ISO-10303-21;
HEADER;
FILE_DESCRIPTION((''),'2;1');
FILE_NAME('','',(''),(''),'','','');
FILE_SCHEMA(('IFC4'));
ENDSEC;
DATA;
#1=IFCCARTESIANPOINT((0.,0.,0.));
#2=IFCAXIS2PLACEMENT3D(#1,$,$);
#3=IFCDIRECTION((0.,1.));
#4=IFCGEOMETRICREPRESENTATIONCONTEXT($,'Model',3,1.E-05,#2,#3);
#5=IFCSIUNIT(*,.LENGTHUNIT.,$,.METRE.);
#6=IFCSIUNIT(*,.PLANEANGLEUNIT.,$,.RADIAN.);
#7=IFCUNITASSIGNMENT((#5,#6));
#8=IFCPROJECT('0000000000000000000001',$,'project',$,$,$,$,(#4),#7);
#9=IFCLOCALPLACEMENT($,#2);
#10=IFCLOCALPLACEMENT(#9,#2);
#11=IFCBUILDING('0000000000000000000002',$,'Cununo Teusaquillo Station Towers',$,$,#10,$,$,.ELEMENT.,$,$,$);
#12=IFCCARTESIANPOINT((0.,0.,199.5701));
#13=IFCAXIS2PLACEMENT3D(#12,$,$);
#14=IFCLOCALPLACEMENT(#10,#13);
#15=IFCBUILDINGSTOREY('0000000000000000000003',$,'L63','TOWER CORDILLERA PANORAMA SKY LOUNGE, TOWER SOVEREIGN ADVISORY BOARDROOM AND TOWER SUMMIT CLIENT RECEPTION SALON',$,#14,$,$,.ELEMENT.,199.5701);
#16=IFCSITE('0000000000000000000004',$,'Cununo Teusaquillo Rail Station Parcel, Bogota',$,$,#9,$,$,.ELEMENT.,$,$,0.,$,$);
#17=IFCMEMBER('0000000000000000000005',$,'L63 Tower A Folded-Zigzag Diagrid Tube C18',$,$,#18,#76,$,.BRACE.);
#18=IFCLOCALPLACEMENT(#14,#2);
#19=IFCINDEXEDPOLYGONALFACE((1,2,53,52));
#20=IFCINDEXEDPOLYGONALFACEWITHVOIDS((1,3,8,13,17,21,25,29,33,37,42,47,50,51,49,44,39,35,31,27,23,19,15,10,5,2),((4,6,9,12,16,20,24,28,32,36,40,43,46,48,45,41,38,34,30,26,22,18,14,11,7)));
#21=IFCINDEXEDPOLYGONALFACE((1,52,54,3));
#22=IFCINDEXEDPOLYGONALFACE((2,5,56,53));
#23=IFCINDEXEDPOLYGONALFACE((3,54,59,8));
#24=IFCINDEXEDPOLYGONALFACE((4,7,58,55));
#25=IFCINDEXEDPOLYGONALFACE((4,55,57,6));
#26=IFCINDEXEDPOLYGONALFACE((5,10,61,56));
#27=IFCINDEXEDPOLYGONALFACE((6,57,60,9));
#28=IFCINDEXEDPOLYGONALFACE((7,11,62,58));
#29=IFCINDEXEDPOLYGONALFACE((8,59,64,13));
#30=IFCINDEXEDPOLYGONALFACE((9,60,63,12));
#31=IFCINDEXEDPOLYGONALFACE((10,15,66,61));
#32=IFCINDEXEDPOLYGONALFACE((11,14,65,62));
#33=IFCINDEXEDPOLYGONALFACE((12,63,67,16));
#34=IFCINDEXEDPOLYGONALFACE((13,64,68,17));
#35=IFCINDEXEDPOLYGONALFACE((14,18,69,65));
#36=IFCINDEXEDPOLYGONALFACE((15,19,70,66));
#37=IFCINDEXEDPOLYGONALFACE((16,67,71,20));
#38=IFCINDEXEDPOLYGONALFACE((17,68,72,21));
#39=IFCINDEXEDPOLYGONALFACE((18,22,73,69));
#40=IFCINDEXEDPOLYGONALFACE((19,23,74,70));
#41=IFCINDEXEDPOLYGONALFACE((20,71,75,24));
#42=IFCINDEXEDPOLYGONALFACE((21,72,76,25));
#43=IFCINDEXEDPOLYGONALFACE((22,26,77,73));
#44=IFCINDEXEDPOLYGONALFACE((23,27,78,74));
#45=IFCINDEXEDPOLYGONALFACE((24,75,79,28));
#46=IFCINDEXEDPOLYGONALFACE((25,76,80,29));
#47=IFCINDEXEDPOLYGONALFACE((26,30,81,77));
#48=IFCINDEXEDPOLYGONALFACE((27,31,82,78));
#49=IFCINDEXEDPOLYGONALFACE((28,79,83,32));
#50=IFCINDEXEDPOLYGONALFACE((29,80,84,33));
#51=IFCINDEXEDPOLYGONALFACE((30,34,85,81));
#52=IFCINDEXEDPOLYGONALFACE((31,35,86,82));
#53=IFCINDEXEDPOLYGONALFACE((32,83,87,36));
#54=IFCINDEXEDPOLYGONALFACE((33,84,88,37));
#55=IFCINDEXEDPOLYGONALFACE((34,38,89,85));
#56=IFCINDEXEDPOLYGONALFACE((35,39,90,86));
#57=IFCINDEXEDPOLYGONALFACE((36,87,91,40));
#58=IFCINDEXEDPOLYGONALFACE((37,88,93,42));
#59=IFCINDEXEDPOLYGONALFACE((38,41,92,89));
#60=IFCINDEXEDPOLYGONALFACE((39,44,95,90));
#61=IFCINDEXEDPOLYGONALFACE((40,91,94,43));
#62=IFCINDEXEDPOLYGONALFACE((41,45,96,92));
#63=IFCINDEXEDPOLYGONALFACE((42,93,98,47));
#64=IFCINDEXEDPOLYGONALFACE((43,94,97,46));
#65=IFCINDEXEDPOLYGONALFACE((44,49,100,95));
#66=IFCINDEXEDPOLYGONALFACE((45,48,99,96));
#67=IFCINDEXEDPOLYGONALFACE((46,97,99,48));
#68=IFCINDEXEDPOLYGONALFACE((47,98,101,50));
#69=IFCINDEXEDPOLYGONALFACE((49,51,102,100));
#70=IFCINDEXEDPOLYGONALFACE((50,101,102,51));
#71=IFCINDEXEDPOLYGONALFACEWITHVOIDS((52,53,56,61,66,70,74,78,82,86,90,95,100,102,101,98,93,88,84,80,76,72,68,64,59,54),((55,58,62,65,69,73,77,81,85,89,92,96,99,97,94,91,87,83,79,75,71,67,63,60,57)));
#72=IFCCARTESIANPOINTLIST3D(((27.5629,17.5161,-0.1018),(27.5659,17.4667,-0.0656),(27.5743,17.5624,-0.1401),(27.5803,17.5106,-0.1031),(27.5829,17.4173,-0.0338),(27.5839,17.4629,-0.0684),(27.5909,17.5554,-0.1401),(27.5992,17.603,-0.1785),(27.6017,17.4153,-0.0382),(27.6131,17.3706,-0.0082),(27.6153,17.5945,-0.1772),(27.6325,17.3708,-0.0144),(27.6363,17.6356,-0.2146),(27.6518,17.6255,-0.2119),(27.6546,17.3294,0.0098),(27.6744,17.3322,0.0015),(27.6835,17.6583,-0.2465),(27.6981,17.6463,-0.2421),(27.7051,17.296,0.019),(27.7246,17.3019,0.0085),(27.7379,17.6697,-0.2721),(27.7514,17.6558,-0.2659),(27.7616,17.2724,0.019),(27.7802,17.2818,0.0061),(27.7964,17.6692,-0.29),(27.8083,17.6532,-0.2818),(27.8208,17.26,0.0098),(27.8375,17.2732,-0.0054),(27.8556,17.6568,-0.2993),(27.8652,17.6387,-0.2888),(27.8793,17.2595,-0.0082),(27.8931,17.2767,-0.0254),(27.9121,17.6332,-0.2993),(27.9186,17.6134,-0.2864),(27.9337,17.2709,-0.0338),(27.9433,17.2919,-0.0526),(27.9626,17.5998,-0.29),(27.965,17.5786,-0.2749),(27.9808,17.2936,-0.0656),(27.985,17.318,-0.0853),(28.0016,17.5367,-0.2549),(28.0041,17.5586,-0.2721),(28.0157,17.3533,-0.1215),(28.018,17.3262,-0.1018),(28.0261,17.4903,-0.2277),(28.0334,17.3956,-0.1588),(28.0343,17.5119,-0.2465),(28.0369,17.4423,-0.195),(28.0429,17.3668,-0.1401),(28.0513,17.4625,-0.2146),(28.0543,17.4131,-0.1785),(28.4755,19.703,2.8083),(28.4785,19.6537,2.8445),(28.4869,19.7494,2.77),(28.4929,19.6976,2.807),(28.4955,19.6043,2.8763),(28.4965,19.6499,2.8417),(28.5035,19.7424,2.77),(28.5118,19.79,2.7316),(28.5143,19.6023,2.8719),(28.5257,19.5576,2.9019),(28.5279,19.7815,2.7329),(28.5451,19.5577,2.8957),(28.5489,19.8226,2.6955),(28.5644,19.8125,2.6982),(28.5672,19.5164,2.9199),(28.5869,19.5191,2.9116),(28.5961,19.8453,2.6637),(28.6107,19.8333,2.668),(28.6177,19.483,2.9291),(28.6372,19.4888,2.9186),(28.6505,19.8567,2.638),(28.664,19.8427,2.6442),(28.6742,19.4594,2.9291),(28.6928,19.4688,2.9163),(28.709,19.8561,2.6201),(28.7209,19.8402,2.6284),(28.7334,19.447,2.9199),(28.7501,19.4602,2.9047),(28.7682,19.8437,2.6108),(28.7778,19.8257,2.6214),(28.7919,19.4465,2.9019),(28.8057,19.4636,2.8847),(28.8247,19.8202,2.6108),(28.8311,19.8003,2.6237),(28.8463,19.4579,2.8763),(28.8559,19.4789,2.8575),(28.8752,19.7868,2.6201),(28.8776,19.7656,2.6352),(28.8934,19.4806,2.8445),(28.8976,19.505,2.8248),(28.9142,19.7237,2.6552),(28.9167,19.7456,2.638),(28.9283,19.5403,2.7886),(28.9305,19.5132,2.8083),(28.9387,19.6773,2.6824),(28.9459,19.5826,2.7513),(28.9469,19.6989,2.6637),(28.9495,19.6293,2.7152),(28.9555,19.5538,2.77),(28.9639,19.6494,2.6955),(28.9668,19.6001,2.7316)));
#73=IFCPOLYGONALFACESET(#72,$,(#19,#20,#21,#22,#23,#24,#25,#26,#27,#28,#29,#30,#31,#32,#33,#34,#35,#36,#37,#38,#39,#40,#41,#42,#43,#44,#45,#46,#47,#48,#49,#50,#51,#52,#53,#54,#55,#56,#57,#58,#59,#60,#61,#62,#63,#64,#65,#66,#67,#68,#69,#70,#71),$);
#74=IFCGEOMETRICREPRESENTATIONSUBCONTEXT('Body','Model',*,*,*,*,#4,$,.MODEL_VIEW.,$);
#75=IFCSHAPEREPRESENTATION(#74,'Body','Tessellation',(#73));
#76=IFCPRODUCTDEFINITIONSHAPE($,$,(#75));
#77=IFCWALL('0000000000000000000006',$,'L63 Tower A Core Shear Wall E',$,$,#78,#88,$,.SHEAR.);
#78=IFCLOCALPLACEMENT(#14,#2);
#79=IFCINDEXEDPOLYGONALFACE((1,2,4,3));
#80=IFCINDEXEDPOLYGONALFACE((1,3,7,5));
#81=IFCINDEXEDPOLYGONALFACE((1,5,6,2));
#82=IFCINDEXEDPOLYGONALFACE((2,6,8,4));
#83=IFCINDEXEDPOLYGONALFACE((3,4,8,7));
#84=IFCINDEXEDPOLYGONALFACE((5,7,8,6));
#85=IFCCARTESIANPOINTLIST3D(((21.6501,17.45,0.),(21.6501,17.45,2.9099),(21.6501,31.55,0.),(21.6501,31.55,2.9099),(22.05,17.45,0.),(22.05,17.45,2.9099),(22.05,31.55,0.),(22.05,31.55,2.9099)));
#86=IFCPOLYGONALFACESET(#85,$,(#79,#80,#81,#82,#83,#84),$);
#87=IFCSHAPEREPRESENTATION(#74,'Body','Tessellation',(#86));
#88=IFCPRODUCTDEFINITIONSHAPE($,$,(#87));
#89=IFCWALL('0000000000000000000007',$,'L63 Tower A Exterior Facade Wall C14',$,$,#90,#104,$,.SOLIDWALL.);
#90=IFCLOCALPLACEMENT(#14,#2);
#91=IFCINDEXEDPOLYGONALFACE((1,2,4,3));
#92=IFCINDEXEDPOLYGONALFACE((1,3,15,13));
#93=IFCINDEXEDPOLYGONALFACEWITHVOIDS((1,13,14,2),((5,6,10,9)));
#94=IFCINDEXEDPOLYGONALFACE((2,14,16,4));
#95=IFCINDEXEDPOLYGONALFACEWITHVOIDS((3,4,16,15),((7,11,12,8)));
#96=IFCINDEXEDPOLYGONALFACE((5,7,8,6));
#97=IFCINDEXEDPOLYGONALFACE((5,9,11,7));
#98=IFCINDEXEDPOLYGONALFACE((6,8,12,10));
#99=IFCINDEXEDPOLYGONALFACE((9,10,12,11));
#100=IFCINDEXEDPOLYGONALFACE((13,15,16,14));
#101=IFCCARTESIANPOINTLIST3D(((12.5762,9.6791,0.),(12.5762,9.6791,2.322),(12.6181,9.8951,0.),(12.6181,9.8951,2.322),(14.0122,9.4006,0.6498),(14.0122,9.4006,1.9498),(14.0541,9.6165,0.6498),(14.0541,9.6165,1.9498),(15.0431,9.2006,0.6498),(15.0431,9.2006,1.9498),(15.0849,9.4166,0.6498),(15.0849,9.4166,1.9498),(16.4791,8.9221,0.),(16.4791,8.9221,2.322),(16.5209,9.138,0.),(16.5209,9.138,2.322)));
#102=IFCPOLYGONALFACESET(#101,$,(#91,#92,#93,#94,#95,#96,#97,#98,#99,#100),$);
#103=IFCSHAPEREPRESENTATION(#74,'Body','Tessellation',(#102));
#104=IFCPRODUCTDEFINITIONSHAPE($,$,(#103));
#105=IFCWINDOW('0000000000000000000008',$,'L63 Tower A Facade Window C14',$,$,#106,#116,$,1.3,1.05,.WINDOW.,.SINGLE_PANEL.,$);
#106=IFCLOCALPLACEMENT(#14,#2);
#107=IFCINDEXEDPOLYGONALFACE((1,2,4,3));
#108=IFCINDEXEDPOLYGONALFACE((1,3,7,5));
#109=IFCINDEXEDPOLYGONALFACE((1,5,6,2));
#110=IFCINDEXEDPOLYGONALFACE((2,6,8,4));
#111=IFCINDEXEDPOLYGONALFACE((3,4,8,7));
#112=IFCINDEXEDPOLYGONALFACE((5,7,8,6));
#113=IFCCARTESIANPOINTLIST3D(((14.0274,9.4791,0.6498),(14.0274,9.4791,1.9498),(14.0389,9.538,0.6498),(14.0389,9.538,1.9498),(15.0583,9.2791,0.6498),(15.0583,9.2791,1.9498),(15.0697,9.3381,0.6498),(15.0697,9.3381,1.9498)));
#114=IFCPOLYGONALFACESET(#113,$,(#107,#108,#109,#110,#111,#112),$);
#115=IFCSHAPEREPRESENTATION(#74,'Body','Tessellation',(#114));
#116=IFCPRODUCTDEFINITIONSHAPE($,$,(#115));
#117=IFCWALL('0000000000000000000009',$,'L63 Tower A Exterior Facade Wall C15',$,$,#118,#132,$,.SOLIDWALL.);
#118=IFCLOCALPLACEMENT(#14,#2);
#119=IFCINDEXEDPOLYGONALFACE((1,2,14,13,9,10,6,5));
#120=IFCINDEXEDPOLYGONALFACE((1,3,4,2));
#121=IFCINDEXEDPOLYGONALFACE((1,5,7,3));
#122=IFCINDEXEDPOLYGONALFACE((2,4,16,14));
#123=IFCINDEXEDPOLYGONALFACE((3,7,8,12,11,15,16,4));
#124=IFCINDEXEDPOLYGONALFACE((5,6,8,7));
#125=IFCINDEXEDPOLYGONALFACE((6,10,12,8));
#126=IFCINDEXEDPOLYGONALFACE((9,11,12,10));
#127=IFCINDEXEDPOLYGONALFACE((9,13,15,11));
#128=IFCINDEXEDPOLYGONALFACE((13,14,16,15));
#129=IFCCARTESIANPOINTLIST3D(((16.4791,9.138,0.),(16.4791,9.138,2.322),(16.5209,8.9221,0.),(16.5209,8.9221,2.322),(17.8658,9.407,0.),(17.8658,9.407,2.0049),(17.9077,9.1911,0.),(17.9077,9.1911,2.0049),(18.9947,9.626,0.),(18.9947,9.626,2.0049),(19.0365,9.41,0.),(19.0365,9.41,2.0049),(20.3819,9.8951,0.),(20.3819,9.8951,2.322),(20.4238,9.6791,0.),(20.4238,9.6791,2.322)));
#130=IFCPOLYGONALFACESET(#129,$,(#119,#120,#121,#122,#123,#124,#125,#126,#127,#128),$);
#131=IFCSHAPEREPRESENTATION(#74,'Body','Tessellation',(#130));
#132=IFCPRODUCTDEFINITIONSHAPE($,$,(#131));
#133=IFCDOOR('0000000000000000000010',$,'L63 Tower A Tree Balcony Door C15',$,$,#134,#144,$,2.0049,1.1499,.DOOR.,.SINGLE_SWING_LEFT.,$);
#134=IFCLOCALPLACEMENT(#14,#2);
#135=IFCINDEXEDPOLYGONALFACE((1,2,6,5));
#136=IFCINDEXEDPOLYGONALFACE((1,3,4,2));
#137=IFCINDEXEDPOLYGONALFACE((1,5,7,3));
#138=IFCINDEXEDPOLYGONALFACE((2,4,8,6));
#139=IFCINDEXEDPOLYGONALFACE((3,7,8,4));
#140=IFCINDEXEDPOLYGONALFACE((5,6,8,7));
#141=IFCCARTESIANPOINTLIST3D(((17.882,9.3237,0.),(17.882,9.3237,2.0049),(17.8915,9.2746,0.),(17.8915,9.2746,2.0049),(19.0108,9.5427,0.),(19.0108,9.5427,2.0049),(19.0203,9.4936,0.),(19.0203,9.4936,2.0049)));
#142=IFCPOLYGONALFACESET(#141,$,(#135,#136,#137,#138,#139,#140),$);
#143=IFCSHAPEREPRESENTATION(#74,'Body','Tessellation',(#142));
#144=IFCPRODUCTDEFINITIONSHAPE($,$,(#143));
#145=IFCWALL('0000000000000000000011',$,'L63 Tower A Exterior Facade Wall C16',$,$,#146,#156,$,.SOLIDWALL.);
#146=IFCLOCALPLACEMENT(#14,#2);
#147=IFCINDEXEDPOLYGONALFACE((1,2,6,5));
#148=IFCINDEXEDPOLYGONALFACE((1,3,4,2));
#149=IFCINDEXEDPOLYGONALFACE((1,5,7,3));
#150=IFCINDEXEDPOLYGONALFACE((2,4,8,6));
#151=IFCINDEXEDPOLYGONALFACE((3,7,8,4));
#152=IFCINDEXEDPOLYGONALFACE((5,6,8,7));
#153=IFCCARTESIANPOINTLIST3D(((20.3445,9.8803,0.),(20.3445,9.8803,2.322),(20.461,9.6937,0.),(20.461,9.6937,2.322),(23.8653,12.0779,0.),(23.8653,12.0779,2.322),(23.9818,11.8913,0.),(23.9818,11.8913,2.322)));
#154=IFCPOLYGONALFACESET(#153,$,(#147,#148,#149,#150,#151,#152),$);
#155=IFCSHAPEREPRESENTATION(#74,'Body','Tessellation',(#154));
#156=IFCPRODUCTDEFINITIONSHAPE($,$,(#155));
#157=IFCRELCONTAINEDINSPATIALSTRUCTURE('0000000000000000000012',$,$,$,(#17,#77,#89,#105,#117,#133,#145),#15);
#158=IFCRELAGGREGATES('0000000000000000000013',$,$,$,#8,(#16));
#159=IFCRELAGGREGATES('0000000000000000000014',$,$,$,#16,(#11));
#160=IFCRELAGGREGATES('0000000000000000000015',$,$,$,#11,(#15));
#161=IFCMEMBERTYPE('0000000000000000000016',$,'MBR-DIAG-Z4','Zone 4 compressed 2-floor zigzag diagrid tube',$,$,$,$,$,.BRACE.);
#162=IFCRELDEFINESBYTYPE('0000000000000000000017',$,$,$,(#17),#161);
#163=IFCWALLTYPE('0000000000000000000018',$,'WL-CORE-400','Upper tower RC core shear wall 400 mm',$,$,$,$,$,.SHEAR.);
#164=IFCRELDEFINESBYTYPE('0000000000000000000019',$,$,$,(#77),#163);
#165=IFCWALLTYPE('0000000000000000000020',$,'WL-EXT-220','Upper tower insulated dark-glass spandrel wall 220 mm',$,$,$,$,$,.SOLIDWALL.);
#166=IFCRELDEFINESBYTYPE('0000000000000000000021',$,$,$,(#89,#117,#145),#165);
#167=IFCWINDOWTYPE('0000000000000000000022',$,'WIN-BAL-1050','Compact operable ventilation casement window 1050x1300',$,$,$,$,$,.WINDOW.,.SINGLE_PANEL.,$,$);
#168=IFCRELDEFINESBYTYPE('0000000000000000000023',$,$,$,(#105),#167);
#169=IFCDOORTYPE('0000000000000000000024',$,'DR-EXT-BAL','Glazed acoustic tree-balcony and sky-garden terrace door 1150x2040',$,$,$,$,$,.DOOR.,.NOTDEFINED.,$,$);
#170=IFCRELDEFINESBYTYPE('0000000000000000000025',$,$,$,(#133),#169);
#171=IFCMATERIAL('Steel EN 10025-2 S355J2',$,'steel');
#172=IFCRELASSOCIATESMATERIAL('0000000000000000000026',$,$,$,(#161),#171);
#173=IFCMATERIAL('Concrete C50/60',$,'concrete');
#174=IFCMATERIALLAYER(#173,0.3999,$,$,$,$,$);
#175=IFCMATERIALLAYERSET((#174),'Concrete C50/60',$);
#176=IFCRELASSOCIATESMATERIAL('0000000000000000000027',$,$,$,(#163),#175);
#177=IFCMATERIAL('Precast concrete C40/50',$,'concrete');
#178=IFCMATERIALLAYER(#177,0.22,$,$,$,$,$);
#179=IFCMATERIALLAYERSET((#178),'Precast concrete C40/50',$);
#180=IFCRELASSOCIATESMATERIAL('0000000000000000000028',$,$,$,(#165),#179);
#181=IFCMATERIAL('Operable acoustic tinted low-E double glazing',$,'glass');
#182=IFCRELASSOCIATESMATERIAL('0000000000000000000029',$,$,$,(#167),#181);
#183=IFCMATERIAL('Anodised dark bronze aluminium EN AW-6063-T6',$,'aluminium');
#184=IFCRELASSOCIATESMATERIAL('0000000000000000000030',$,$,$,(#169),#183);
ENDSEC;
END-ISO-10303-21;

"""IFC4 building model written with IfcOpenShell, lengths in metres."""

from ifc_helpers import new_model, si_unit, direction, frame, frame_2d, origin, origin_2d, place, context, subcontext, project, spatial, rectangle, hollow_circle, extrude, source, transform, mapped, material, layer, layer_set, material_profile, profile_set, type_object, element, fill, save


model = new_model("IFC4")

# Units and contexts
model_context = context("Model", 3, precision=1e-05, world=origin(), true_north=direction((0.0, 1.0)))
body_context = subcontext(model_context, "Body", "Model", "MODEL_VIEW")
ifc_project = project(units=[si_unit("LENGTHUNIT", "METRE"), si_unit("PLANEANGLEUNIT", "RADIAN")], contexts=[model_context])

# Site, building, storey
site_placement = place(None, origin())
site = spatial("IfcSite", under=ifc_project, at=site_placement, Name="Cununo Teusaquillo Rail Station Parcel, Bogota", CompositionType="ELEMENT", RefElevation=0.0)
building_placement = place(site_placement, origin())
building = spatial("IfcBuilding", under=site, at=building_placement, Name="Cununo Teusaquillo Station Towers", CompositionType="ELEMENT")
storey_placement = place(building_placement, frame((0.0, 0.0, 199.5701)))
storey = spatial("IfcBuildingStorey", under=building, at=storey_placement, Name="L63", Description="TOWER CORDILLERA PANORAMA SKY LOUNGE, TOWER SOVEREIGN ADVISORY BOARDROOM AND TOWER SUMMIT CLIENT RECEPTION SALON", CompositionType="ELEMENT", Elevation=199.5701)

# Member
ifc_material_1 = material(Name="Steel EN 10025-2 S355J2", Category="steel")
ifc_material_profile_1 = material_profile(ifc_material_1, hollow_circle(Radius=0.2539, WallThickness=0.0181, at=origin_2d()), Name="CHS 508x18")
ifc_profile_set_1 = profile_set([ifc_material_profile_1], Name="Steel EN 10025-2 S355J2")
member_type = type_object("IfcMemberType", Name="MBR-DIAG-Z4", Description="Zone 4 compressed 2-floor zigzag diagrid tube", PredefinedType="BRACE", material=ifc_profile_set_1)
member_1_placement = place(storey_placement, frame((27.8086, 17.4646, -0.1401), z_axis=(0.243166, 0.58274, 0.775425), x_axis=(-0.922876, 0.385098, 0.0)))
element("IfcMember", 1, at=member_1_placement, inside=storey, type_object=member_type, Name="L63 Tower A Folded-Zigzag Diagrid Tube C18", PredefinedType="BRACE", context=body_context, shape_type="SweptSolid", body=[
    extrude(hollow_circle(Radius=0.2539, WallThickness=0.0181, at=origin_2d()), origin(), (0.0, 0.0, 1.0), 3.7529),
])

# Wall
ifc_material_2 = material(Name="Concrete C50/60", Category="concrete")
ifc_layer_1 = layer(ifc_material_2, 0.3999)
ifc_layer_set_1 = layer_set([ifc_layer_1], Name="Concrete C50/60")
wall_type_1 = type_object("IfcWallType", Name="WL-CORE-400", Description="Upper tower RC core shear wall 400 mm", PredefinedType="SHEAR", material=ifc_layer_set_1)
wall_1_placement = place(storey_placement, frame((21.8501, 17.45, 0.0), z_axis=(0.0, 0.0, 1.0), x_axis=(0.0, 1.0, 0.0)))
element("IfcWall", 2, at=wall_1_placement, inside=storey, type_object=wall_type_1, Name="L63 Tower A Core Shear Wall E", PredefinedType="SHEAR", context=body_context, shape_type="SweptSolid", body=[
    extrude(rectangle(XDim=14.1001, YDim=0.3999, at=frame_2d((7.05, 0.0))), origin(), (0.0, 0.0, 1.0), 2.9099),
])

# Wall, opening, window
ifc_material_3 = material(Name="Precast concrete C40/50", Category="concrete")
ifc_layer_2 = layer(ifc_material_3, 0.22)
ifc_layer_set_2 = layer_set([ifc_layer_2], Name="Precast concrete C40/50")
wall_type_2 = type_object("IfcWallType", Name="WL-EXT-220", Description="Upper tower insulated dark-glass spandrel wall 220 mm", PredefinedType="SOLIDWALL", material=ifc_layer_set_2)
wall_2_placement = place(storey_placement, frame((16.5, 9.03, 0.0), z_axis=(0.0, 0.0, 1.0), x_axis=(-0.9817, 0.190432, 0.0)))
wall_2 = element("IfcWall", 3, at=wall_2_placement, inside=storey, type_object=wall_type_2, Name="L63 Tower A Exterior Facade Wall C14", PredefinedType="SOLIDWALL", context=body_context, shape_type="SweptSolid", body=[
    extrude(rectangle(XDim=3.9756, YDim=0.22, at=frame_2d((1.9878, 0.0))), origin(), (0.0, 0.0, 1.0), 2.322),
])
shared_shape_1 = source(origin(), body_context, "Body", "SweptSolid", [
    extrude(rectangle(XDim=1.05, YDim=1.3, at=frame_2d((0.5249, 0.6499))), frame((0.0, 0.1199, 0.0), z_axis=(0.0, -1.0, 0.0), x_axis=(1.0, 0.0, 0.0)), (0.0, 0.0, 1.0), 0.24),
])
opening_1_placement = place(wall_2_placement, frame((1.4629, 0.0, 0.6499)))
opening_1 = element("IfcOpeningElement", 4, at=opening_1_placement, cuts=wall_2, PredefinedType="OPENING", context=body_context, shape_type="MappedRepresentation", body=[
    mapped(shared_shape_1, transform((0.0, 0.0, 0.0), x_axis=(1.0, 0.0, 0.0), y_axis=(0.0, 1.0, 0.0), z_axis=(0.0, 0.0, 1.0), scale=1.0)),
])
ifc_material_4 = material(Name="Operable acoustic tinted low-E double glazing", Category="glass")
window_type = type_object("IfcWindowType", Name="WIN-BAL-1050", Description="Compact operable ventilation casement window 1050x1300", PartitioningType="SINGLE_PANEL", PredefinedType="WINDOW", material=ifc_material_4)
shared_shape_2 = source(origin(), body_context, "Body", "SweptSolid", [
    extrude(rectangle(XDim=1.05, YDim=1.3, at=frame_2d((0.5249, 0.6499))), frame((0.0, 0.03, 0.0), z_axis=(0.0, -1.0, 0.0), x_axis=(1.0, 0.0, 0.0)), (0.0, 0.0, 1.0), 0.0601),
])
window_1_placement = place(opening_1_placement, origin())
window_1 = element("IfcWindow", 5, at=window_1_placement, inside=storey, type_object=window_type, Name="L63 Tower A Facade Window C14", OverallHeight=1.3, OverallWidth=1.05, PartitioningType="SINGLE_PANEL", PredefinedType="WINDOW", context=body_context, shape_type="MappedRepresentation", body=[
    mapped(shared_shape_2, transform((0.0, 0.0, 0.0), x_axis=(1.0, 0.0, 0.0), y_axis=(0.0, 1.0, 0.0), z_axis=(0.0, 0.0, 1.0), scale=1.0)),
])
fill(opening_1, window_1)

# Wall, opening, door
wall_3_placement = place(storey_placement, frame((20.4028, 9.7871, 0.0), z_axis=(0.0, 0.0, 1.0), x_axis=(-0.9817, -0.190432, 0.0)))
wall_3 = element("IfcWall", 6, at=wall_3_placement, inside=storey, type_object=wall_type_2, Name="L63 Tower A Exterior Facade Wall C15", PredefinedType="SOLIDWALL", context=body_context, shape_type="SweptSolid", body=[
    extrude(rectangle(XDim=3.9756, YDim=0.22, at=frame_2d((1.9878, 0.0))), origin(), (0.0, 0.0, 1.0), 2.322),
])
shared_shape_3 = source(origin(), body_context, "Body", "SweptSolid", [
    extrude(rectangle(XDim=1.1499, YDim=2.0049, at=frame_2d((0.575, 1.0024))), frame((0.0, 0.1199, 0.0), z_axis=(0.0, -1.0, 0.0), x_axis=(1.0, 0.0, 0.0)), (0.0, 0.0, 1.0), 0.24),
])
opening_2_placement = place(wall_3_placement, frame((1.4131, 0.0, 0.0)))
opening_2 = element("IfcOpeningElement", 7, at=opening_2_placement, cuts=wall_3, PredefinedType="OPENING", context=body_context, shape_type="MappedRepresentation", body=[
    mapped(shared_shape_3, transform((0.0, 0.0, 0.0), x_axis=(1.0, 0.0, 0.0), y_axis=(0.0, 1.0, 0.0), z_axis=(0.0, 0.0, 1.0), scale=1.0)),
])
ifc_material_5 = material(Name="Anodised dark bronze aluminium EN AW-6063-T6", Category="aluminium")
door_type_1 = type_object("IfcDoorType", Name="DR-EXT-BAL", Description="Glazed acoustic tree-balcony and sky-garden terrace door 1150x2040", OperationType="NOTDEFINED", PredefinedType="DOOR", material=ifc_material_5)
shared_shape_4 = source(origin(), body_context, "Body", "SweptSolid", [
    extrude(rectangle(XDim=1.1499, YDim=2.0049, at=frame_2d((0.575, 1.0024))), frame((0.0, 0.0249, 0.0), z_axis=(0.0, -1.0, 0.0), x_axis=(1.0, 0.0, 0.0)), (0.0, 0.0, 1.0), 0.05),
])
door_1_placement = place(opening_2_placement, origin())
door_1 = element("IfcDoor", 8, at=door_1_placement, inside=storey, type_object=door_type_1, Name="L63 Tower A Tree Balcony Door C15", OperationType="SINGLE_SWING_LEFT", OverallHeight=2.0049, OverallWidth=1.1499, PredefinedType="DOOR", context=body_context, shape_type="MappedRepresentation", body=[
    mapped(shared_shape_4, transform((0.0, 0.0, 0.0), x_axis=(1.0, 0.0, 0.0), y_axis=(0.0, 1.0, 0.0), z_axis=(0.0, 0.0, 1.0), scale=1.0)),
])
fill(opening_2, door_1)

# Wall
wall_4_placement = place(storey_placement, frame((23.9236, 11.9846, 0.0), z_axis=(0.0, 0.0, 1.0), x_axis=(-0.848319, -0.529486, 0.0)))
element("IfcWall", 9, at=wall_4_placement, inside=storey, type_object=wall_type_2, Name="L63 Tower A Exterior Facade Wall C16", PredefinedType="SOLIDWALL", context=body_context, shape_type="SweptSolid", body=[
    extrude(rectangle(XDim=4.1504, YDim=0.22, at=frame_2d((2.0752, 0.0))), origin(), (0.0, 0.0, 1.0), 2.322),
])

save(model, "model.ifc")
